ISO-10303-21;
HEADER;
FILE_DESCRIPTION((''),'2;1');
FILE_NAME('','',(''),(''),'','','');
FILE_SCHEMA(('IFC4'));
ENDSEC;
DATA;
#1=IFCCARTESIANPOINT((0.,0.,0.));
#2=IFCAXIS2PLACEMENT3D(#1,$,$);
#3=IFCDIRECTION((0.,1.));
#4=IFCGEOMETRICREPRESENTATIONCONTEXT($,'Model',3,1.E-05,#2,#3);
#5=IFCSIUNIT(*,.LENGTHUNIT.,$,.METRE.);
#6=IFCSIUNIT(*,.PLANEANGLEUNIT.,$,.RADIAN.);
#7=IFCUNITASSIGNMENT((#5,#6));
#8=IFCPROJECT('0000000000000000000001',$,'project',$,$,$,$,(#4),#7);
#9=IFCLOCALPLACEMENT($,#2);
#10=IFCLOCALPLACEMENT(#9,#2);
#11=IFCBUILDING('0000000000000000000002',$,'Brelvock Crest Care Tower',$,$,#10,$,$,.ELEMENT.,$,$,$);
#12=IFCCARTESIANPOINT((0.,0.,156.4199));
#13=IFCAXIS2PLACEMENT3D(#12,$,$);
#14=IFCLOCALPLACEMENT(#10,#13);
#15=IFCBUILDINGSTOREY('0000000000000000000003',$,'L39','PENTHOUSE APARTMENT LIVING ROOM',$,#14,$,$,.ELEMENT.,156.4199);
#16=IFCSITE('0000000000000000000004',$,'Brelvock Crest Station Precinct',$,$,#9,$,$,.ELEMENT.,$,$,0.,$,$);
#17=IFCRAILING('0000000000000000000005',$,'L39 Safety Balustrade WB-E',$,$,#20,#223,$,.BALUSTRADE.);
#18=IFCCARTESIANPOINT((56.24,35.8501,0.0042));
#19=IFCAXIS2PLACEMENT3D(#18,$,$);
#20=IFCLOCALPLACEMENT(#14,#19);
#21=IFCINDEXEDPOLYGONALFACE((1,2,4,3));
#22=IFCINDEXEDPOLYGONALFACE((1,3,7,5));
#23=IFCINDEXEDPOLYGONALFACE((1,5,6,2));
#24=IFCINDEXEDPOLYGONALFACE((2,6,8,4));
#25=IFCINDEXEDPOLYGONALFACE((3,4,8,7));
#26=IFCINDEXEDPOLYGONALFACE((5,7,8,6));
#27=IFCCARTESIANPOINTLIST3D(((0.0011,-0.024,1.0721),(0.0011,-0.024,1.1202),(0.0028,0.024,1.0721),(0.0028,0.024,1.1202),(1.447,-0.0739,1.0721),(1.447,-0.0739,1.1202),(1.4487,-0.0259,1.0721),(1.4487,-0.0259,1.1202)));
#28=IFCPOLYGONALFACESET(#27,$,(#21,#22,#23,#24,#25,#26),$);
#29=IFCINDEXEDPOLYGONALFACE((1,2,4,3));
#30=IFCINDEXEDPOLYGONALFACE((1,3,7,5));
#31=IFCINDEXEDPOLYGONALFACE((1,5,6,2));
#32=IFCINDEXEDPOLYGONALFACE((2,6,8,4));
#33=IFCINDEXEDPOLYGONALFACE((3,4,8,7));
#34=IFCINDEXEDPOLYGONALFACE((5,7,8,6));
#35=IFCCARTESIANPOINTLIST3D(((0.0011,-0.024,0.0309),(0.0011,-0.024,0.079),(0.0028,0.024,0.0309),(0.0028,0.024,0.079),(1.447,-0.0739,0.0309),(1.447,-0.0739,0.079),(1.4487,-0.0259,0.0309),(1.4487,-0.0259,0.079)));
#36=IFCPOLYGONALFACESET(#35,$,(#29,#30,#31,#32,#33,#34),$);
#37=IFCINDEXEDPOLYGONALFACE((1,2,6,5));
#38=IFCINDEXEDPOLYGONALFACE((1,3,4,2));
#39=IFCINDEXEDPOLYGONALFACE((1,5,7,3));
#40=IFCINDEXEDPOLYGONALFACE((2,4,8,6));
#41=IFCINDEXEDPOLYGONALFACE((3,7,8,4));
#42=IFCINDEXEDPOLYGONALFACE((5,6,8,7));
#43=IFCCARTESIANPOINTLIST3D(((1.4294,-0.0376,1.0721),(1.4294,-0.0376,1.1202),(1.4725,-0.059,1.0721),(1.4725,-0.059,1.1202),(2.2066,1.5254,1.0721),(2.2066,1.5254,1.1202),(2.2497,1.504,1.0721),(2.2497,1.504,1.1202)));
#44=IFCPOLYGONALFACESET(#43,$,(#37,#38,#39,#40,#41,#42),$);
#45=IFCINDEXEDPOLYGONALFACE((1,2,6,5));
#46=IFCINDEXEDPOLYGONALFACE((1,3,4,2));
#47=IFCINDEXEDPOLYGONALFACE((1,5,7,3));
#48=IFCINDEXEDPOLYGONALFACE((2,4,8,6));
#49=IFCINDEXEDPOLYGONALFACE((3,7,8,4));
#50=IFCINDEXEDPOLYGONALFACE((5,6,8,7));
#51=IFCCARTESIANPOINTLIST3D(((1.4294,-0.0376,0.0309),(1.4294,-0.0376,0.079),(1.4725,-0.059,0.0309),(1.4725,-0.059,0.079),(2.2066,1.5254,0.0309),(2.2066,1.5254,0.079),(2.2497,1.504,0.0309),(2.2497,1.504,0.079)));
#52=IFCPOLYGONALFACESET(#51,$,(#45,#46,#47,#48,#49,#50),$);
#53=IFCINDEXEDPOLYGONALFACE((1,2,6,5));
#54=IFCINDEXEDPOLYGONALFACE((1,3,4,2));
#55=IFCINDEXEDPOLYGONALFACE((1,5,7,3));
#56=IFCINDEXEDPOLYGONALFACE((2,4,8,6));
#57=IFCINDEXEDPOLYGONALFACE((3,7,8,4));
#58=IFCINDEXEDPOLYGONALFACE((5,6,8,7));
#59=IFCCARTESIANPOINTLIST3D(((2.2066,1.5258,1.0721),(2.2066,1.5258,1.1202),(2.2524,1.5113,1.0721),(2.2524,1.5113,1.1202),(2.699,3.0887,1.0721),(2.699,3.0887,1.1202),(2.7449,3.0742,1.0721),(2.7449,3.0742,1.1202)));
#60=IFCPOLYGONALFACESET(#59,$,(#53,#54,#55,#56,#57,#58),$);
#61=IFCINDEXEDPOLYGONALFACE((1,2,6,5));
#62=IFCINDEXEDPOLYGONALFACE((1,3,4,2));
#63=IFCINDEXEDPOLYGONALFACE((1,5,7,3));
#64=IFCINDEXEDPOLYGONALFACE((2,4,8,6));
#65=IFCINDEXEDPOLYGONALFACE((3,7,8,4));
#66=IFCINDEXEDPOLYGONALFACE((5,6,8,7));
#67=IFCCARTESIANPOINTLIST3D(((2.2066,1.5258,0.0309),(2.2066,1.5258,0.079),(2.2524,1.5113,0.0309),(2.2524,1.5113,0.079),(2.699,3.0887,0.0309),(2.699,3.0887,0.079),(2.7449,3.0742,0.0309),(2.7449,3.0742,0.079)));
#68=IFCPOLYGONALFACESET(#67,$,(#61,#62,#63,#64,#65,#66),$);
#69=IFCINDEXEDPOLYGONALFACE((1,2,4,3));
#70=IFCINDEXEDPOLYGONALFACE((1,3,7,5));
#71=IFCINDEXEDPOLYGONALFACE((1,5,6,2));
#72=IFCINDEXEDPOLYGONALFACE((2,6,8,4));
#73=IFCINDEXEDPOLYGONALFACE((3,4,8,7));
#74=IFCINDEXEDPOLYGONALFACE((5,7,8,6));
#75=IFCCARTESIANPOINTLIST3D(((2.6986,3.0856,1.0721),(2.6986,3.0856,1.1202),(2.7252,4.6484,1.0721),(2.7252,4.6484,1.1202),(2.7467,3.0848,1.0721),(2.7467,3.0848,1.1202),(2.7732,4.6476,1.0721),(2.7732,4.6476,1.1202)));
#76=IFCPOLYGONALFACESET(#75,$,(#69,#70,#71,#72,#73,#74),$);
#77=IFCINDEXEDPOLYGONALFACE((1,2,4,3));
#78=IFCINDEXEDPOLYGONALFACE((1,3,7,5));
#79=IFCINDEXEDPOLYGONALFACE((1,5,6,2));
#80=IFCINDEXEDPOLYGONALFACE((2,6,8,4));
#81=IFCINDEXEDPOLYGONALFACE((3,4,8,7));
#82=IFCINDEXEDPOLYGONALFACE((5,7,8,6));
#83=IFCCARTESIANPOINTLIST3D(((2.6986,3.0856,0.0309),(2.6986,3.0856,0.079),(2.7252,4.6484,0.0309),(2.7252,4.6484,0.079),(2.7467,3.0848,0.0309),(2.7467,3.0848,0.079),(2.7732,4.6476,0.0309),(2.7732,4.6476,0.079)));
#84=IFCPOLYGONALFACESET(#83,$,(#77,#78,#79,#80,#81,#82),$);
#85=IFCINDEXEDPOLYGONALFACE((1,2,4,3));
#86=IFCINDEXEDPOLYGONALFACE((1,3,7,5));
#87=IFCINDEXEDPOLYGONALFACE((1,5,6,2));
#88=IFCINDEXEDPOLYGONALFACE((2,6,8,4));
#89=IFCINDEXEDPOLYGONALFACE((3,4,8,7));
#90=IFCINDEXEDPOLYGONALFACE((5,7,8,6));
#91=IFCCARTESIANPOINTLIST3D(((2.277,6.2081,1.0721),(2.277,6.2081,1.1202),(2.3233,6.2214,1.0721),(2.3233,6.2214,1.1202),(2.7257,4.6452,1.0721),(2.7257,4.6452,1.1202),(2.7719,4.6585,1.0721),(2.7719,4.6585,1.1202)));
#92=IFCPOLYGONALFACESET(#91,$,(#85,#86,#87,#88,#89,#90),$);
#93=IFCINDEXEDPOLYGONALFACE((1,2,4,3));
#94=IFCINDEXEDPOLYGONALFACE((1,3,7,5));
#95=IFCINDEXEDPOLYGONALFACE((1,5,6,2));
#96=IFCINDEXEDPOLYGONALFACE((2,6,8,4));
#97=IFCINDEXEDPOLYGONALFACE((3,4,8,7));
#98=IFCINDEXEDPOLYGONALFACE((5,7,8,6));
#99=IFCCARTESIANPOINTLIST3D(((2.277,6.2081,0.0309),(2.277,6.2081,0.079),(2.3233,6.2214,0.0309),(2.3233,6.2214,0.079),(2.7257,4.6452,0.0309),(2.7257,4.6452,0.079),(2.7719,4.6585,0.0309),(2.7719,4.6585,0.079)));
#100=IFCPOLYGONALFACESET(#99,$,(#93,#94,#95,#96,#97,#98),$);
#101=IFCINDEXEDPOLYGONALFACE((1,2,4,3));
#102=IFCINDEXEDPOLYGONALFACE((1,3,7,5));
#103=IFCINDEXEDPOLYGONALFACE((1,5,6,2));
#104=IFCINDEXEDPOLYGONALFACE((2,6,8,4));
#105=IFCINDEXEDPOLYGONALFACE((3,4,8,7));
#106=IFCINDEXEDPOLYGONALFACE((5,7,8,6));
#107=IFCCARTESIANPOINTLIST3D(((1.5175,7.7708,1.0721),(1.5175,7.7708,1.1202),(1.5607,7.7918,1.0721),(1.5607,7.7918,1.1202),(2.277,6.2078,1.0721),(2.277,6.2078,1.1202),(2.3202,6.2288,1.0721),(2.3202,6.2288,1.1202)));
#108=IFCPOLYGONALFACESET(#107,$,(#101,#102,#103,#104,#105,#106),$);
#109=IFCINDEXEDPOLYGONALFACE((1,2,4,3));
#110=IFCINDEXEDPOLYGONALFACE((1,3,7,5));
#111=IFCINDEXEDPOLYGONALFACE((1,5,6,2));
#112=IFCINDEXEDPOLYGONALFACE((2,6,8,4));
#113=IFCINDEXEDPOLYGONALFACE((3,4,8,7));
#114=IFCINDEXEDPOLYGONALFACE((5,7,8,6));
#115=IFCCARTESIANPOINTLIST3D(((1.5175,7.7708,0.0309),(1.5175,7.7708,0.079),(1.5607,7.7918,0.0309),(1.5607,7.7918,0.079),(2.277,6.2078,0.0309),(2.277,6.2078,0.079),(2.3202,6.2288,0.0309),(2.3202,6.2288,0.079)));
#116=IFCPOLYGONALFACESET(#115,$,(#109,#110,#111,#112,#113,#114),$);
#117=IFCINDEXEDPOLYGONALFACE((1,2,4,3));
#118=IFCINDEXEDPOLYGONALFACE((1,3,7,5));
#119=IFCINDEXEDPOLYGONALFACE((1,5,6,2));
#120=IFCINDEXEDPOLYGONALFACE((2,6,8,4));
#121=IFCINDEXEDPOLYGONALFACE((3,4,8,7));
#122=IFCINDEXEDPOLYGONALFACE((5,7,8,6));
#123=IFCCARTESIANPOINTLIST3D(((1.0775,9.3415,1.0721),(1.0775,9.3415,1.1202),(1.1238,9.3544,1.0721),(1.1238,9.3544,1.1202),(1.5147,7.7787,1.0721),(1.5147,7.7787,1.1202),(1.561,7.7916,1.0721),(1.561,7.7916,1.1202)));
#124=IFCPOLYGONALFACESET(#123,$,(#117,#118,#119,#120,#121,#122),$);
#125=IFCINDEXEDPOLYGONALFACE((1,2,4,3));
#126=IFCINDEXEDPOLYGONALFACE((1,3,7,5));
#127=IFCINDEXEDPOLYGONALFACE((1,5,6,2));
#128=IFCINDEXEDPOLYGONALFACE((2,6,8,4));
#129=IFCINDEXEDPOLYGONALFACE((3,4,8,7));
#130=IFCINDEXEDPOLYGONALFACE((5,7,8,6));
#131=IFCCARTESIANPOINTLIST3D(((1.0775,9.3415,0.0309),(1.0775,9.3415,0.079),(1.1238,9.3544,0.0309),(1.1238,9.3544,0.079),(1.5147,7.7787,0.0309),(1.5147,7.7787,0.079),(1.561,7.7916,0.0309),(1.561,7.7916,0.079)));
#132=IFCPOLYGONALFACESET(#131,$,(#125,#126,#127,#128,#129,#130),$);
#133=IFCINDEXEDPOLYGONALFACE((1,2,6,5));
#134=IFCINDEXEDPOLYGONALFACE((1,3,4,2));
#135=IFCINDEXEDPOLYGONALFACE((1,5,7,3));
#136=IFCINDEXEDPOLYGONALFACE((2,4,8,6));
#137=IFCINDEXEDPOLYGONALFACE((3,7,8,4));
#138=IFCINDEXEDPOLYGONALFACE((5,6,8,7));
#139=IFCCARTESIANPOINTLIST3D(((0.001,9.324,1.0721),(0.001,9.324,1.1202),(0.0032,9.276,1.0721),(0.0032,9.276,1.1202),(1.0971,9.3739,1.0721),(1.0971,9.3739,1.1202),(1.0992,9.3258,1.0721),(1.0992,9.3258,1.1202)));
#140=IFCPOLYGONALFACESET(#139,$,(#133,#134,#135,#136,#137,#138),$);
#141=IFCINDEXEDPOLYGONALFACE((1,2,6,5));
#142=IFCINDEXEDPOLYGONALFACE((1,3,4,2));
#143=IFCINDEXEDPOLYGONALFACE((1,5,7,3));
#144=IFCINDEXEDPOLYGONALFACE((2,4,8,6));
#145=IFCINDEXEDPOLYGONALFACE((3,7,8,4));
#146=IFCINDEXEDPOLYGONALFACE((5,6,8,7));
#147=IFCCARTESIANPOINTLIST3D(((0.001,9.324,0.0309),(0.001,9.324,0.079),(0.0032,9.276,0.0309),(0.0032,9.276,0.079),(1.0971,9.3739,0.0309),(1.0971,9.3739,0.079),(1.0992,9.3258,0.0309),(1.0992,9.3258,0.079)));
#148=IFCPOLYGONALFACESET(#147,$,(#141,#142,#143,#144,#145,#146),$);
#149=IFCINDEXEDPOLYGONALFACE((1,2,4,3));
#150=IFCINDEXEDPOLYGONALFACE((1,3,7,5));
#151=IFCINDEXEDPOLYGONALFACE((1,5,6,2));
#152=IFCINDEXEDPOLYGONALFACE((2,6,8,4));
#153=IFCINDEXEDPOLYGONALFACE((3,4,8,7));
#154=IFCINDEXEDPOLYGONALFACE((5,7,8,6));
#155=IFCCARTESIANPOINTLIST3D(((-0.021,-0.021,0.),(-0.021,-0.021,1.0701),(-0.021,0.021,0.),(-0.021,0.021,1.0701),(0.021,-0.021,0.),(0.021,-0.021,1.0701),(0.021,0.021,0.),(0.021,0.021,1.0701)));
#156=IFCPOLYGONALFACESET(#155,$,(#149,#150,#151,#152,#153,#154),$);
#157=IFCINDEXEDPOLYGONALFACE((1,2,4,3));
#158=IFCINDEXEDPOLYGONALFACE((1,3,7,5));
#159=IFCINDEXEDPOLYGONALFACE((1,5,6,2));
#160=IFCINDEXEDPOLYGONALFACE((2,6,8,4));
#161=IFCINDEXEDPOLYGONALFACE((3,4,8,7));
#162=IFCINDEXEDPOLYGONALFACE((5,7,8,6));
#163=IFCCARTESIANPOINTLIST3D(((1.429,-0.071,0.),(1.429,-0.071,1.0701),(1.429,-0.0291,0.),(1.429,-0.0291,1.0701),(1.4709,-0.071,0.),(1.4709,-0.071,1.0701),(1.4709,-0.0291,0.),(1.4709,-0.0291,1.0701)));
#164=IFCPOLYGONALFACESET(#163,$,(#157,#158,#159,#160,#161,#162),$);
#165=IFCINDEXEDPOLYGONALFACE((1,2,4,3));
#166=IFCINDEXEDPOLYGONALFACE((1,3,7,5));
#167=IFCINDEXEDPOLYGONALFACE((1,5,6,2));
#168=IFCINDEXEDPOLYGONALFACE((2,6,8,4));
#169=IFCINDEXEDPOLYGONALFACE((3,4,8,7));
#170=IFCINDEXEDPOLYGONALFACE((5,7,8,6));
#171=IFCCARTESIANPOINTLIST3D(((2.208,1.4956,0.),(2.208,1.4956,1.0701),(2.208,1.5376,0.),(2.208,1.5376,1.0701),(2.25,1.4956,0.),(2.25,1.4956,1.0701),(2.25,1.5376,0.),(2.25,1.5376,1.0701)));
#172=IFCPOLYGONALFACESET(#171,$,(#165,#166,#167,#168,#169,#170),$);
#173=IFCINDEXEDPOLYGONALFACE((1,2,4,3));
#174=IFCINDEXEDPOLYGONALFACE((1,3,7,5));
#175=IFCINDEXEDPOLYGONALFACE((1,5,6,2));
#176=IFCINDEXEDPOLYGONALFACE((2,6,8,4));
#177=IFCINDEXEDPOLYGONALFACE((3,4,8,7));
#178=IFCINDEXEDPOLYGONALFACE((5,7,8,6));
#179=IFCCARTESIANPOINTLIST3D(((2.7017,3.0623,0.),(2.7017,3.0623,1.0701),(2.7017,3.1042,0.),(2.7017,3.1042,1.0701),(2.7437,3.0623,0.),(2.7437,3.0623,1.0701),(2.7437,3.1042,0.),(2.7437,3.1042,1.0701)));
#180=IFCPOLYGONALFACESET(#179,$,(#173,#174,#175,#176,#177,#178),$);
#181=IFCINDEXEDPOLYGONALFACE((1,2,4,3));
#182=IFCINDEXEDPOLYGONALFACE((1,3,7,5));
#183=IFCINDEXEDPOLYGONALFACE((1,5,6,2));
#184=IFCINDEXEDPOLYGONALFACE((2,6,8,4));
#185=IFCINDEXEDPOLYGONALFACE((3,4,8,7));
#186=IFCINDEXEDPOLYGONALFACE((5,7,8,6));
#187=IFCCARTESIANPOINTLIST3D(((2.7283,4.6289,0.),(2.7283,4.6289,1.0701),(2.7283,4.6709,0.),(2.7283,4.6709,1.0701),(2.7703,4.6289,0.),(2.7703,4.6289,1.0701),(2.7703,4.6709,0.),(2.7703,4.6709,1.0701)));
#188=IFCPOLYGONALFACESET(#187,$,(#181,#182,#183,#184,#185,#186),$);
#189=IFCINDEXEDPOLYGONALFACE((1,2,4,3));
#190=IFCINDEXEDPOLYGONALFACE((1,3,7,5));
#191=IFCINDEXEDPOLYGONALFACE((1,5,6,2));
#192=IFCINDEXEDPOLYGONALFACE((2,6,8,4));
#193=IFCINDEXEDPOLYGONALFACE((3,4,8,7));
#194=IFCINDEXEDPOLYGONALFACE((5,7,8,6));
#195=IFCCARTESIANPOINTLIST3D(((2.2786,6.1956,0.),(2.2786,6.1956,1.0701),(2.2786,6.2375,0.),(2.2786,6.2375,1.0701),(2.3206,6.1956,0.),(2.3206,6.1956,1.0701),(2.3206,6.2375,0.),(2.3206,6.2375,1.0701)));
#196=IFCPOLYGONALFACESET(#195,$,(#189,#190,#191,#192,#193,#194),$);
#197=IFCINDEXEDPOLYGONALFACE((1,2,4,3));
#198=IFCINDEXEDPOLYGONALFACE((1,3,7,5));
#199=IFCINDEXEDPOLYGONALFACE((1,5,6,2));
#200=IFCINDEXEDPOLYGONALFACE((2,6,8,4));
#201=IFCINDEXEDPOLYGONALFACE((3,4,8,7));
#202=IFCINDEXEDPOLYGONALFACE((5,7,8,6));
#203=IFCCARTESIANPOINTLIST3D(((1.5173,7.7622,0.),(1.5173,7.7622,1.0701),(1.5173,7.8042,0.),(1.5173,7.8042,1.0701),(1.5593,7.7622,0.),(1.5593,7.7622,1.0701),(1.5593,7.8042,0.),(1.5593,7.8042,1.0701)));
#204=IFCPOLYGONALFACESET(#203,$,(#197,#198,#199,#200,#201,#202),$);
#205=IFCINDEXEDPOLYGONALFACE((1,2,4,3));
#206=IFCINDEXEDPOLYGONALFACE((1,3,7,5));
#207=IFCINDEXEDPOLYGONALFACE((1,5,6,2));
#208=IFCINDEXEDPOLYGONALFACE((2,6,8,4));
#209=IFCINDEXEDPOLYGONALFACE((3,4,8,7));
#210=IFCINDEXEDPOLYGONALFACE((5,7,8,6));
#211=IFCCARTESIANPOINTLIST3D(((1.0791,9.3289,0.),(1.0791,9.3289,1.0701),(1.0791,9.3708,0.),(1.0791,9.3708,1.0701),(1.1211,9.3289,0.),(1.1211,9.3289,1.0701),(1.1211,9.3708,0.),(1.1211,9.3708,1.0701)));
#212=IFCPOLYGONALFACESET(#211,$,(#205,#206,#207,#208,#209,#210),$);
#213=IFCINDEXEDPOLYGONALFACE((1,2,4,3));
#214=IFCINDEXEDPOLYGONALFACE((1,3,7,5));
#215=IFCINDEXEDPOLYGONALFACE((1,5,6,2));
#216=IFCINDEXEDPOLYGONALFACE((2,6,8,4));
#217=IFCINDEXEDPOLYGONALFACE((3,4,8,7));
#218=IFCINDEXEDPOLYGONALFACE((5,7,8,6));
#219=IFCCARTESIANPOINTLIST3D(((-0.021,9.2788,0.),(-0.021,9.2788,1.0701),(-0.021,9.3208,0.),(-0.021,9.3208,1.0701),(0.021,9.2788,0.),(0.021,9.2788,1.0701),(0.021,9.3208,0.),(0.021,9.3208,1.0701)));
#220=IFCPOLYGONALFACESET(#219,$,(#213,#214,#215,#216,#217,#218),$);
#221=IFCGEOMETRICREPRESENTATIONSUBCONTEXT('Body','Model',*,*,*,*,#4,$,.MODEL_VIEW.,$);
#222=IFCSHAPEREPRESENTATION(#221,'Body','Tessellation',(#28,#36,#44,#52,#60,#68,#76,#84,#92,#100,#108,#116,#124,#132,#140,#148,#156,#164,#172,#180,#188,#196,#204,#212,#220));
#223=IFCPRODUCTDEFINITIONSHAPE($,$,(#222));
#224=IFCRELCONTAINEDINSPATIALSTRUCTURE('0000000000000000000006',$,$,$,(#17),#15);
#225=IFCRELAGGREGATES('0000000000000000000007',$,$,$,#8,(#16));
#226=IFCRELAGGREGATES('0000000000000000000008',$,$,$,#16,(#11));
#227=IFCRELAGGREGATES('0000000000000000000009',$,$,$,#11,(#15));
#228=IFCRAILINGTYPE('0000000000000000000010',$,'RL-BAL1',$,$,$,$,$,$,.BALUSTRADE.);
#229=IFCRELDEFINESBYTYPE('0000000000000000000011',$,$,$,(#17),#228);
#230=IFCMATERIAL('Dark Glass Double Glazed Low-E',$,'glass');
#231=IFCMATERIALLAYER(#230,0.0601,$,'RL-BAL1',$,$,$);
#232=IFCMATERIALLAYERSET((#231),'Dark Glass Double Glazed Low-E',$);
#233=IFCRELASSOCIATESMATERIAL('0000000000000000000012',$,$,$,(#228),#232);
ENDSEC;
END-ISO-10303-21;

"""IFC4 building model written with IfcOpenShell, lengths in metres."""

from ifc_helpers import new_model, si_unit, direction, frame, origin, origin_2d, place, context, subcontext, project, spatial, rectangle, extrude, material, layer, layer_set, type_object, element, save


model = new_model("IFC4")

# Units and contexts
model_context = context("Model", 3, precision=1e-05, world=origin(), true_north=direction((0.0, 1.0)))
body_context = subcontext(model_context, "Body", "Model", "MODEL_VIEW")
ifc_project = project(units=[si_unit("LENGTHUNIT", "METRE"), si_unit("PLANEANGLEUNIT", "RADIAN")], contexts=[model_context])

# Site, building, storey
site_placement = place(None, origin())
site = spatial("IfcSite", under=ifc_project, at=site_placement, Name="Brelvock Crest Station Precinct", CompositionType="ELEMENT", RefElevation=0.0)
building_placement = place(site_placement, origin())
building = spatial("IfcBuilding", under=site, at=building_placement, Name="Brelvock Crest Care Tower", CompositionType="ELEMENT")
storey_placement = place(building_placement, frame((0.0, 0.0, 156.4199)))
storey = spatial("IfcBuildingStorey", under=building, at=storey_placement, Name="L39", Description="PENTHOUSE APARTMENT LIVING ROOM", CompositionType="ELEMENT", Elevation=156.4199)

# Shared definitions
ifc_material_1 = material(Name="Dark Glass Double Glazed Low-E", Category="glass")

# Railing
ifc_layer_1 = layer(ifc_material_1, 0.0601, Name="RL-BAL1")
ifc_layer_set_1 = layer_set([ifc_layer_1], Name="Dark Glass Double Glazed Low-E")
railing_type = type_object("IfcRailingType", Name="RL-BAL1", PredefinedType="BALUSTRADE", material=ifc_layer_set_1)
railing_placement = place(storey_placement, frame((56.24, 35.8501, 0.0042)))
element("IfcRailing", 1, at=railing_placement, inside=storey, type_object=railing_type, Name="L39 Safety Balustrade WB-E", PredefinedType="BALUSTRADE", context=body_context, shape_type="SweptSolid", body=[
    extrude(rectangle(XDim=0.0481, YDim=0.0481, at=origin_2d()), frame((0.002, 0.0, 1.0962), z_axis=(0.999405, -0.034497, 0.0), x_axis=(0.034497, 0.999405, 0.0)), (0.0, 0.0, 1.0), 1.4468),
    extrude(rectangle(XDim=0.0481, YDim=0.0481, at=origin_2d()), frame((0.002, 0.0, 0.0549), z_axis=(0.999405, -0.034497, 0.0), x_axis=(0.034497, 0.999405, 0.0)), (0.0, 0.0, 1.0), 1.4468),
    extrude(rectangle(XDim=0.0481, YDim=0.0481, at=origin_2d()), frame((1.4509, -0.0483, 1.0962), z_axis=(0.445259, 0.895402, 0.0), x_axis=(-0.895402, 0.445259, 0.0)), (0.0, 0.0, 1.0), 1.7456),
    extrude(rectangle(XDim=0.0481, YDim=0.0481, at=origin_2d()), frame((1.4509, -0.0483, 0.0549), z_axis=(0.445259, 0.895402, 0.0), x_axis=(-0.895402, 0.445259, 0.0)), (0.0, 0.0, 1.0), 1.7456),
    extrude(rectangle(XDim=0.0481, YDim=0.0481, at=origin_2d()), frame((2.2295, 1.5186, 1.0962), z_axis=(0.300534, 0.953771, 0.0), x_axis=(-0.953771, 0.300534, 0.0)), (0.0, 0.0, 1.0), 1.6387),
    extrude(rectangle(XDim=0.0481, YDim=0.0481, at=origin_2d()), frame((2.2295, 1.5186, 0.0549), z_axis=(0.300534, 0.953771, 0.0), x_axis=(-0.953771, 0.300534, 0.0)), (0.0, 0.0, 1.0), 1.6387),
    extrude(rectangle(XDim=0.0481, YDim=0.0481, at=origin_2d()), frame((2.7227, 3.0852, 1.0962), z_axis=(0.016984, 0.999856, 0.0), x_axis=(-0.999856, 0.016984, 0.0)), (0.0, 0.0, 1.0), 1.563),
    extrude(rectangle(XDim=0.0481, YDim=0.0481, at=origin_2d()), frame((2.7227, 3.0852, 0.0549), z_axis=(0.016984, 0.999856, 0.0), x_axis=(-0.999856, 0.016984, 0.0)), (0.0, 0.0, 1.0), 1.563),
    extrude(rectangle(XDim=0.0481, YDim=0.0481, at=origin_2d()), frame((2.7488, 4.6519, 1.0962), z_axis=(-0.275908, 0.961184, 0.0), x_axis=(-0.961184, -0.275908, 0.0)), (0.0, 0.0, 1.0), 1.626),
    extrude(rectangle(XDim=0.0481, YDim=0.0481, at=origin_2d()), frame((2.7488, 4.6519, 0.0549), z_axis=(-0.275908, 0.961184, 0.0), x_axis=(-0.961184, -0.275908, 0.0)), (0.0, 0.0, 1.0), 1.626),
    extrude(rectangle(XDim=0.0481, YDim=0.0481, at=origin_2d()), frame((2.2986, 6.2183, 1.0962), z_axis=(-0.437037, 0.899444, 0.0), x_axis=(-0.899444, -0.437037, 0.0)), (0.0, 0.0, 1.0), 1.7378),
    extrude(rectangle(XDim=0.0481, YDim=0.0481, at=origin_2d()), frame((2.2986, 6.2183, 0.0549), z_axis=(-0.437037, 0.899444, 0.0), x_axis=(-0.899444, -0.437037, 0.0)), (0.0, 0.0, 1.0), 1.7378),
    extrude(rectangle(XDim=0.0481, YDim=0.0481, at=origin_2d()), frame((1.5378, 7.7852, 1.0962), z_axis=(-0.269385, 0.963033, 0.0), x_axis=(-0.963033, -0.269385, 0.0)), (0.0, 0.0, 1.0), 1.6228),
    extrude(rectangle(XDim=0.0481, YDim=0.0481, at=origin_2d()), frame((1.5378, 7.7852, 0.0549), z_axis=(-0.269385, 0.963033, 0.0), x_axis=(-0.963033, -0.269385, 0.0)), (0.0, 0.0, 1.0), 1.6228),
    extrude(rectangle(XDim=0.0481, YDim=0.0481, at=origin_2d()), frame((1.0981, 9.3499, 1.0962), z_axis=(-0.998967, -0.045448, 0.0), x_axis=(0.045448, -0.998967, 0.0)), (0.0, 0.0, 1.0), 1.0972),
    extrude(rectangle(XDim=0.0481, YDim=0.0481, at=origin_2d()), frame((1.0981, 9.3499, 0.0549), z_axis=(-0.998967, -0.045448, 0.0), x_axis=(0.045448, -0.998967, 0.0)), (0.0, 0.0, 1.0), 1.0972),
    extrude(rectangle(XDim=0.042, YDim=0.042, at=origin_2d()), origin(), (0.0, 0.0, 1.0), 1.0701),
    extrude(rectangle(XDim=0.042, YDim=0.042, at=origin_2d()), frame((1.45, -0.05, 0.0)), (0.0, 0.0, 1.0), 1.0701),
    extrude(rectangle(XDim=0.042, YDim=0.042, at=origin_2d()), frame((2.229, 1.5166, 0.0)), (0.0, 0.0, 1.0), 1.0701),
    extrude(rectangle(XDim=0.042, YDim=0.042, at=origin_2d()), frame((2.7227, 3.0833, 0.0)), (0.0, 0.0, 1.0), 1.0701),
    extrude(rectangle(XDim=0.042, YDim=0.042, at=origin_2d()), frame((2.7493, 4.6499, 0.0)), (0.0, 0.0, 1.0), 1.0701),
    extrude(rectangle(XDim=0.042, YDim=0.042, at=origin_2d()), frame((2.2996, 6.2166, 0.0)), (0.0, 0.0, 1.0), 1.0701),
    extrude(rectangle(XDim=0.042, YDim=0.042, at=origin_2d()), frame((1.5383, 7.7832, 0.0)), (0.0, 0.0, 1.0), 1.0701),
    extrude(rectangle(XDim=0.042, YDim=0.042, at=origin_2d()), frame((1.1001, 9.3499, 0.0)), (0.0, 0.0, 1.0), 1.0701),
    extrude(rectangle(XDim=0.042, YDim=0.042, at=origin_2d()), frame((0.0, 9.2998, 0.0)), (0.0, 0.0, 1.0), 1.0701),
])

save(model, "model.ifc")
